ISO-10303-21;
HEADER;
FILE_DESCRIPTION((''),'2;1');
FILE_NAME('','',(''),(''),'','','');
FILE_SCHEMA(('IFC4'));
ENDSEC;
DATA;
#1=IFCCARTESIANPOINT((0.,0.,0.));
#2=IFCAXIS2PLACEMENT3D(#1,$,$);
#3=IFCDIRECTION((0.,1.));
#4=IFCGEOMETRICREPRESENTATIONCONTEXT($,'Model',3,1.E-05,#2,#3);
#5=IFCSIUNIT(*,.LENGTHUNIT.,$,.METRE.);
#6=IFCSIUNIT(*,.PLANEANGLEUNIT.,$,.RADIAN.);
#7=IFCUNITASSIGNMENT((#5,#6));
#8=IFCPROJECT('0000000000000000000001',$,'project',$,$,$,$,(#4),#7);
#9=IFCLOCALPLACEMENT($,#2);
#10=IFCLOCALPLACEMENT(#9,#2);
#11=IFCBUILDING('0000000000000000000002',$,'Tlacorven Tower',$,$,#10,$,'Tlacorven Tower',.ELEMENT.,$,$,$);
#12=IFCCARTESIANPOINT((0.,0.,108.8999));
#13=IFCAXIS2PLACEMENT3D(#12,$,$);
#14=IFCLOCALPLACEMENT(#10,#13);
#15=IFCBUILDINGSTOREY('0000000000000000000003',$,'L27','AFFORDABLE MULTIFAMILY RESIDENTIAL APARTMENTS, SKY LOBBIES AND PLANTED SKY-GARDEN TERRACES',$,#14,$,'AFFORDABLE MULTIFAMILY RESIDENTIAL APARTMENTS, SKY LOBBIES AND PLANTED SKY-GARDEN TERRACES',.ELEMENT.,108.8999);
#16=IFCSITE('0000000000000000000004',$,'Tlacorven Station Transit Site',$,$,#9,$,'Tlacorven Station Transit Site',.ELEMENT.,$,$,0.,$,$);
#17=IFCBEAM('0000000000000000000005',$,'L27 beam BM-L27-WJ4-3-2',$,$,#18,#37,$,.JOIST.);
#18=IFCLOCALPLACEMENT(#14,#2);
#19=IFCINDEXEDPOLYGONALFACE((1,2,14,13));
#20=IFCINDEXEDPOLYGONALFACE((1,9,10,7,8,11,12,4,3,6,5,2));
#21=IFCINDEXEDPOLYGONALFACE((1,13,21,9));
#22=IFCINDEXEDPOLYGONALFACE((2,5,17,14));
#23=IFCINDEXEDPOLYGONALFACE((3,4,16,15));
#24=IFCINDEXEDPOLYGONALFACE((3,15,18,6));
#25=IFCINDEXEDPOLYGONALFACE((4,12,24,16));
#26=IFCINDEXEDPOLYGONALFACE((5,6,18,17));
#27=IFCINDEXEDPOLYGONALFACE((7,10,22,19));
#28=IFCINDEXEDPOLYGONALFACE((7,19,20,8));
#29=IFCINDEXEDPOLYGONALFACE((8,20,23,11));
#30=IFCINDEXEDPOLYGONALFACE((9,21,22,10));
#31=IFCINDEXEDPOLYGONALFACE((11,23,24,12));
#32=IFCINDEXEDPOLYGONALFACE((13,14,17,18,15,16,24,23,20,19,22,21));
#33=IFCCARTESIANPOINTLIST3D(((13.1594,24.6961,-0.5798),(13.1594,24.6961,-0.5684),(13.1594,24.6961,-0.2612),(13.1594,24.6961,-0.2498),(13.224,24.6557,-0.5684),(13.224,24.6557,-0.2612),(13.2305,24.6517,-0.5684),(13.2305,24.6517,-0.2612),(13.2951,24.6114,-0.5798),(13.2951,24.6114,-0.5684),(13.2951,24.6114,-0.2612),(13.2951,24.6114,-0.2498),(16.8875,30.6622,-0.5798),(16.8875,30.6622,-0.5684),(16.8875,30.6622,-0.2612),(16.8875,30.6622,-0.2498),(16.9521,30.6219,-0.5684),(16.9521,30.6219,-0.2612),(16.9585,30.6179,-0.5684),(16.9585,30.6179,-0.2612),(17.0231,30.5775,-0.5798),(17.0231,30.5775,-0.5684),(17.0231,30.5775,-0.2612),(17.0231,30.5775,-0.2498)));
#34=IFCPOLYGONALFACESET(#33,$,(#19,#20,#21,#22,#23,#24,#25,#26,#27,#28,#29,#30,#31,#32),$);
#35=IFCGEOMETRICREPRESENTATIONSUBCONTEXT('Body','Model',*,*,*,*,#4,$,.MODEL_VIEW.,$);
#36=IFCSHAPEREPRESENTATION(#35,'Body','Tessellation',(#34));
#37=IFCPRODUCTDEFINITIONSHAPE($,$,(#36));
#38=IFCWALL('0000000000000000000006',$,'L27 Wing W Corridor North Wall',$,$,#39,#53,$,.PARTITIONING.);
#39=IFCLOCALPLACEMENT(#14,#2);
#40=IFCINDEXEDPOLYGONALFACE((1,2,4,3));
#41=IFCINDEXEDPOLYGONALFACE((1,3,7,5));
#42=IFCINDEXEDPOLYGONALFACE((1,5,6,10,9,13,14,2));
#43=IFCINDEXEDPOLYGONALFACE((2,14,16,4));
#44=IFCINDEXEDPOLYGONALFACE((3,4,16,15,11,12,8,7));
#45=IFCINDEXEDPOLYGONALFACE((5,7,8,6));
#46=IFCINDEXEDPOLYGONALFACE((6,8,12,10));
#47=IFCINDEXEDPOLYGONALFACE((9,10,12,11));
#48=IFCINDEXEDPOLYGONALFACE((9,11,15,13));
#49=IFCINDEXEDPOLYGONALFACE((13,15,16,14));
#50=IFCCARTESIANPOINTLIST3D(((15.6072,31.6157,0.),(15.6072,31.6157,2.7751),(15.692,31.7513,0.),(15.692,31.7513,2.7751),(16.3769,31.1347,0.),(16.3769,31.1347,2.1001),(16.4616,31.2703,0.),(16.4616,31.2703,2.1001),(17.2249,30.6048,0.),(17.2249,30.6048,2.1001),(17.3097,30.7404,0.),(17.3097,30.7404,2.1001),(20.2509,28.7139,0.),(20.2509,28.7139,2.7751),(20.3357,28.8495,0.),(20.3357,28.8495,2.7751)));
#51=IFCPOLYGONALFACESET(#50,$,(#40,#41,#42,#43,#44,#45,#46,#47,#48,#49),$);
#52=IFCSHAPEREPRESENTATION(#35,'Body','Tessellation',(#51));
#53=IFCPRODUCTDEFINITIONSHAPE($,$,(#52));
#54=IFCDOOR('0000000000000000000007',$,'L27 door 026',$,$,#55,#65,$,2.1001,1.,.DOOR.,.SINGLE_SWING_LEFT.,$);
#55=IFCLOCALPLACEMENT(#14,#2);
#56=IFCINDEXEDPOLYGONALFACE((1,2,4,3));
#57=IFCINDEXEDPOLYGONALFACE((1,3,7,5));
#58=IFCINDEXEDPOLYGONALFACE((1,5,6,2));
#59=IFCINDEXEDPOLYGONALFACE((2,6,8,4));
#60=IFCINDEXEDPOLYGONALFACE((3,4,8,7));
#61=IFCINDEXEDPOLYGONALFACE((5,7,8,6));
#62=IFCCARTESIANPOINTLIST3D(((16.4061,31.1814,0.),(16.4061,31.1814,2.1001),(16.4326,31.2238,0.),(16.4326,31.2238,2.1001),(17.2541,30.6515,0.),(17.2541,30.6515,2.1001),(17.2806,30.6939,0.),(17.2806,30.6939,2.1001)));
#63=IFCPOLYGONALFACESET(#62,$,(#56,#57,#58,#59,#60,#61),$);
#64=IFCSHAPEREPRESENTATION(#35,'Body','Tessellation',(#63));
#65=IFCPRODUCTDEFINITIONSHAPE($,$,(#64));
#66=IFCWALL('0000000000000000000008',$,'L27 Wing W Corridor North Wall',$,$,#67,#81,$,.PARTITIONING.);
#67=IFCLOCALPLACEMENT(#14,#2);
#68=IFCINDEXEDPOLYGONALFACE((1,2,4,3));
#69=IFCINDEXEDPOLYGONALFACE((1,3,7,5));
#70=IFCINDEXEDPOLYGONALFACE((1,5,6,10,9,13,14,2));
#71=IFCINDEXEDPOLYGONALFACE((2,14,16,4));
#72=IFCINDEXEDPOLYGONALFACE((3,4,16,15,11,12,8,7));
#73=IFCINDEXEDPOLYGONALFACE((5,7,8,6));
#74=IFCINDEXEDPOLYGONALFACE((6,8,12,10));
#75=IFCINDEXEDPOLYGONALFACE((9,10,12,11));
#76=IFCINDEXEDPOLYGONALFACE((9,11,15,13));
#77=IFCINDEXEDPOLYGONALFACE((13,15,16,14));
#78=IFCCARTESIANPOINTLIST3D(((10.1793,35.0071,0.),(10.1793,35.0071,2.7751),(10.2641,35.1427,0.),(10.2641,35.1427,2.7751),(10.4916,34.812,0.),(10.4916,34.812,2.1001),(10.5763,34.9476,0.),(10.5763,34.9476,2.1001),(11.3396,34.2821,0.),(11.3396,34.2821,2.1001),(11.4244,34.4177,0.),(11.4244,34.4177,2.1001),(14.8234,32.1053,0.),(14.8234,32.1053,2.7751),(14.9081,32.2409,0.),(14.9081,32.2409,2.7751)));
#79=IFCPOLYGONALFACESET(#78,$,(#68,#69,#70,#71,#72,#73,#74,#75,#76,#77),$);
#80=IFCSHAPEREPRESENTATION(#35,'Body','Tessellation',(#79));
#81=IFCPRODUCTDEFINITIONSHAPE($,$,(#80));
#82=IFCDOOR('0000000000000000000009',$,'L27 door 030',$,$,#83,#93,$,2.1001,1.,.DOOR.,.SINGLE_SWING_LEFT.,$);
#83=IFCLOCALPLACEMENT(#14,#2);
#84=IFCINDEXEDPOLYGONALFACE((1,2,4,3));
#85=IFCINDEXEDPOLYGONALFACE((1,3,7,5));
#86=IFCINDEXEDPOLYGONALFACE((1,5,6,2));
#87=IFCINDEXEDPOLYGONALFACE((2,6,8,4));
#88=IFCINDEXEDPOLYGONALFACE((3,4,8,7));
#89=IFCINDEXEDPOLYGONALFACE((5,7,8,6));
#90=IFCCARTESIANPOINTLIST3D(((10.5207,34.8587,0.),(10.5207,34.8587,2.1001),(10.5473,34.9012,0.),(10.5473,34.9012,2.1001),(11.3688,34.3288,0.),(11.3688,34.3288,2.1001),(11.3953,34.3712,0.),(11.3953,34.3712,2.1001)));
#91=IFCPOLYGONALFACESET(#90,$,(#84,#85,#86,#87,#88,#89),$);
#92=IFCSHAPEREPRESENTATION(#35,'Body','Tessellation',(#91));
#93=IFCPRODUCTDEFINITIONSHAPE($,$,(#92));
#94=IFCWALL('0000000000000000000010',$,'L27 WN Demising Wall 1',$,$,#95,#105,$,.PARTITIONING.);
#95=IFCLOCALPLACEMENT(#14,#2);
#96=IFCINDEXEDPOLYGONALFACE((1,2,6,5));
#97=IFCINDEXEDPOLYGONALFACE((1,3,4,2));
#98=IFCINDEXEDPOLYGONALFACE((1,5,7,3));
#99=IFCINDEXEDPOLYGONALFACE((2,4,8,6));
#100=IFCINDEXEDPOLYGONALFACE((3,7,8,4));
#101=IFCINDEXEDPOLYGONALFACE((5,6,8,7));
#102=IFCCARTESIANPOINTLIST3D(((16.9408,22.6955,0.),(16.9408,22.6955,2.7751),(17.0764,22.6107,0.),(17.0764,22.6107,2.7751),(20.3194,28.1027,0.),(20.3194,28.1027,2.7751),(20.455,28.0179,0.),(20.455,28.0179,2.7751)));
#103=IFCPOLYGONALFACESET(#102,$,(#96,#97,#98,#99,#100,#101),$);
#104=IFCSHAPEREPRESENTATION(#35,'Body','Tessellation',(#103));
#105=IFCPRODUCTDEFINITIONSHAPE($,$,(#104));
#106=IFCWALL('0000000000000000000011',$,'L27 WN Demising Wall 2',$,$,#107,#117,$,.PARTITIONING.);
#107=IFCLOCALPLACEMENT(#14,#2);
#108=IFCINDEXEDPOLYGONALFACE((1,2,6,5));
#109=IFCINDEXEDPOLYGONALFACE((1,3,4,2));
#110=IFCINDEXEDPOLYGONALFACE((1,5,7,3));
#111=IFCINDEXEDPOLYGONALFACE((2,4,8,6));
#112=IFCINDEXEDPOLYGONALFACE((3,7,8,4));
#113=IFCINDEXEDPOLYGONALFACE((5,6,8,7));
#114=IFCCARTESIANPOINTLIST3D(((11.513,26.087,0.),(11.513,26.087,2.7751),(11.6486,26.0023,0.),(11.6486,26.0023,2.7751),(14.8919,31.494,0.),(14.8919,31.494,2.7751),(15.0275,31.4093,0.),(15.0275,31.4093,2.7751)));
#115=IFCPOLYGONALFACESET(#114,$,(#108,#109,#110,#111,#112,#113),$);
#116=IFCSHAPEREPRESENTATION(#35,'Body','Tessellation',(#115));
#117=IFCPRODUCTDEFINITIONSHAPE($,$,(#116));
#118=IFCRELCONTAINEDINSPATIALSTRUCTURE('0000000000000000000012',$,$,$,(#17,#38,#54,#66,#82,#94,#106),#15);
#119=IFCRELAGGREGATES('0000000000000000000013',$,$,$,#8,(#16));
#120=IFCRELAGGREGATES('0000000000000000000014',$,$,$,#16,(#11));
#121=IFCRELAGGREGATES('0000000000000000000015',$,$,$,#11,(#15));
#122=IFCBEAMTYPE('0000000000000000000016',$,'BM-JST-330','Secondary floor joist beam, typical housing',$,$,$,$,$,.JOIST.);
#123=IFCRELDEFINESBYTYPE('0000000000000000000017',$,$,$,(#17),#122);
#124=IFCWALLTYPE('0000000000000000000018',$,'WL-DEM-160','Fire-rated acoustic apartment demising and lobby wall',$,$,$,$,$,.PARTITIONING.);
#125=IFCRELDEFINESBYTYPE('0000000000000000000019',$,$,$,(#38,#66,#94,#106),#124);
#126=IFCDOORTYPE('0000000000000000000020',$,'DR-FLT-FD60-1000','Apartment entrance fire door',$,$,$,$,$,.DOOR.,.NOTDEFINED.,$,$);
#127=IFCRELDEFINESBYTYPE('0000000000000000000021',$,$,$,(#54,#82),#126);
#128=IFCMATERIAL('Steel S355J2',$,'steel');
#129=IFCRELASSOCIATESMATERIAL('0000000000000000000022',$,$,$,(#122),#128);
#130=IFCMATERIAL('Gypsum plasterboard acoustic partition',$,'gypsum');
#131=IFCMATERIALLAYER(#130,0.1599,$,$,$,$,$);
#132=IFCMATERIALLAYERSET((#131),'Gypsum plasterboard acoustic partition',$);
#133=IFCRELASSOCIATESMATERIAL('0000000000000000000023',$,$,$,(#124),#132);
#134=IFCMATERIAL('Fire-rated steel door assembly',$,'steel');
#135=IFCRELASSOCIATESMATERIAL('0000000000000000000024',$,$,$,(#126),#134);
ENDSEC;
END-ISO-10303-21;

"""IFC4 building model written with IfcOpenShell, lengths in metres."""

from ifc_helpers import new_model, si_unit, direction, frame, frame_2d, origin, origin_2d, place, context, subcontext, project, spatial, rectangle, i_section, extrude, source, transform, mapped, material, layer, layer_set, material_profile, profile_set, type_object, element, fill, save


model = new_model("IFC4")

# Units and contexts
model_context = context("Model", 3, precision=1e-05, world=origin(), true_north=direction((0.0, 1.0)))
body_context = subcontext(model_context, "Body", "Model", "MODEL_VIEW")
ifc_project = project(units=[si_unit("LENGTHUNIT", "METRE"), si_unit("PLANEANGLEUNIT", "RADIAN")], contexts=[model_context])

# Site, building, storey
site_placement = place(None, origin())
site = spatial("IfcSite", under=ifc_project, at=site_placement, Name="Tlacorven Station Transit Site", LongName="Tlacorven Station Transit Site", CompositionType="ELEMENT", RefElevation=0.0)
building_placement = place(site_placement, origin())
building = spatial("IfcBuilding", under=site, at=building_placement, Name="Tlacorven Tower", LongName="Tlacorven Tower", CompositionType="ELEMENT")
storey_placement = place(building_placement, frame((0.0, 0.0, 108.8999)))
storey = spatial("IfcBuildingStorey", under=building, at=storey_placement, Name="L27", Description="AFFORDABLE MULTIFAMILY RESIDENTIAL APARTMENTS, SKY LOBBIES AND PLANTED SKY-GARDEN TERRACES", LongName="AFFORDABLE MULTIFAMILY RESIDENTIAL APARTMENTS, SKY LOBBIES AND PLANTED SKY-GARDEN TERRACES", CompositionType="ELEMENT", Elevation=108.8999)

# Beam
ifc_material_1 = material(Name="Steel S355J2", Category="steel")
ifc_material_profile_1 = material_profile(ifc_material_1, i_section(OverallWidth=0.1599, OverallDepth=0.3301, WebThickness=0.0076, FlangeThickness=0.0115, at=origin_2d()), Name="IPE 330")
ifc_profile_set_1 = profile_set([ifc_material_profile_1], Name="Steel S355J2")
beam_type_1 = type_object("IfcBeamType", Name="BM-JST-330", Description="Secondary floor joist beam, typical housing", PredefinedType="JOIST", material=ifc_profile_set_1)
shared_shape_1 = source(origin(), body_context, "Body", "SweptSolid", [
    extrude(i_section(OverallWidth=0.1599, OverallDepth=0.3301, WebThickness=0.0076, FlangeThickness=0.0115, at=origin_2d()), origin(), (0.0, 0.0, 1.0), 7.0352),
])
for number, where, z_axis, x_axis, name in (
    (1, (16.9553, 30.6199, -0.4148), (-0.529921, -0.848047, 0.0), (0.848047, -0.529921, 0.0), "L27 beam BM-L27-WJ4-3-2"),
):
    element("IfcBeam", number, at=place(storey_placement, frame(where, z_axis=z_axis, x_axis=x_axis)), inside=storey, type_object=beam_type_1, Name=name, PredefinedType="JOIST", context=body_context, shape_type="MappedRepresentation", body=[
        mapped(shared_shape_1, transform((0.0, 0.0, 0.0), scale=1.0)),
    ])

# Walls, openings, doors
ifc_material_2 = material(Name="Gypsum plasterboard acoustic partition", Category="gypsum")
ifc_layer_1 = layer(ifc_material_2, 0.1599)
ifc_layer_set_1 = layer_set([ifc_layer_1], Name="Gypsum plasterboard acoustic partition")
wall_type_1 = type_object("IfcWallType", Name="WL-DEM-160", Description="Fire-rated acoustic apartment demising and lobby wall", PredefinedType="PARTITIONING", material=ifc_layer_set_1)
wall_1_placement = place(storey_placement, frame((20.2932, 28.7817, 0.0), z_axis=(0.0, 0.0, 1.0), x_axis=(-0.848041, 0.529931, 0.0)))
wall_1 = element("IfcWall", 2, at=wall_1_placement, inside=storey, type_object=wall_type_1, Name="L27 Wing W Corridor North Wall", PredefinedType="PARTITIONING", context=body_context, shape_type="SweptSolid", body=[
    extrude(rectangle(XDim=5.4758, YDim=0.1599, at=frame_2d((2.7378, 0.0))), origin(), (0.0, 0.0, 1.0), 2.7751),
])
opening_1_placement = place(wall_1_placement, frame((3.5681, 0.0, 0.0)))
opening_1 = element("IfcOpeningElement", 3, at=opening_1_placement, cuts=wall_1, PredefinedType="OPENING", context=body_context, shape_type="SweptSolid", body=[
    extrude(rectangle(XDim=1.0, YDim=2.1001, at=frame_2d((0.5, 1.05))), frame((0.0, 0.0898, 0.0), z_axis=(0.0, -1.0, 0.0), x_axis=(1.0, 0.0, 0.0)), (0.0, 0.0, 1.0), 0.1799),
])
ifc_material_3 = material(Name="Fire-rated steel door assembly", Category="steel")
door_type_1 = type_object("IfcDoorType", Name="DR-FLT-FD60-1000", Description="Apartment entrance fire door", OperationType="NOTDEFINED", PredefinedType="DOOR", material=ifc_material_3)
shared_shape_2 = source(origin(), body_context, "Body", "SweptSolid", [
    extrude(rectangle(XDim=1.0, YDim=2.1001, at=frame_2d((0.5, 1.05))), frame((0.0, 0.0249, 0.0), z_axis=(0.0, -1.0, 0.0), x_axis=(1.0, 0.0, 0.0)), (0.0, 0.0, 1.0), 0.05),
])
door_1_placement = place(opening_1_placement, origin())
door_1 = element("IfcDoor", 4, at=door_1_placement, inside=storey, type_object=door_type_1, Name="L27 door 026", OperationType="SINGLE_SWING_LEFT", OverallHeight=2.1001, OverallWidth=1.0, PredefinedType="DOOR", context=body_context, shape_type="MappedRepresentation", body=[
    mapped(shared_shape_2, transform((0.0, 0.0, 0.0), scale=1.0)),
])
fill(opening_1, door_1)
wall_2_placement = place(storey_placement, frame((14.8657, 32.1731, 0.0), z_axis=(0.0, 0.0, 1.0), x_axis=(-0.848053, 0.529911, 0.0)))
wall_2 = element("IfcWall", 5, at=wall_2_placement, inside=storey, type_object=wall_type_1, Name="L27 Wing W Corridor North Wall", PredefinedType="PARTITIONING", context=body_context, shape_type="SweptSolid", body=[
    extrude(rectangle(XDim=5.4761, YDim=0.1599, at=frame_2d((2.738, 0.0))), origin(), (0.0, 0.0, 1.0), 2.7751),
])
opening_2_placement = place(wall_2_placement, frame((4.1079, 0.0, 0.0)))
opening_2 = element("IfcOpeningElement", 6, at=opening_2_placement, cuts=wall_2, PredefinedType="OPENING", context=body_context, shape_type="SweptSolid", body=[
    extrude(rectangle(XDim=1.0, YDim=2.1001, at=frame_2d((0.5, 1.05))), frame((0.0, 0.0898, 0.0), z_axis=(0.0, -1.0, 0.0), x_axis=(1.0, 0.0, 0.0)), (0.0, 0.0, 1.0), 0.1799),
])
door_2_placement = place(opening_2_placement, origin())
door_2 = element("IfcDoor", 7, at=door_2_placement, inside=storey, type_object=door_type_1, Name="L27 door 030", OperationType="SINGLE_SWING_LEFT", OverallHeight=2.1001, OverallWidth=1.0, PredefinedType="DOOR", context=body_context, shape_type="MappedRepresentation", body=[
    mapped(shared_shape_2, transform((0.0, 0.0, 0.0), scale=1.0)),
])
fill(opening_2, door_2)

# Walls
for number, where, z_axis, x_axis, name in (
    (8, (20.3872, 28.0603, 0.0), (0.0, 0.0, 1.0), (-0.529903, -0.848059, 0.0), "L27 WN Demising Wall 1"),
    (9, (14.9597, 31.4517, 0.0), (0.0, 0.0, 1.0), (-0.529947, -0.848031, 0.0), "L27 WN Demising Wall 2"),
):
    element("IfcWall", number, at=place(storey_placement, frame(where, z_axis=z_axis, x_axis=x_axis)), inside=storey, type_object=wall_type_1, Name=name, PredefinedType="PARTITIONING", context=body_context, shape_type="SweptSolid", body=[
        extrude(rectangle(XDim=6.376, YDim=0.1599, at=frame_2d((3.188, 0.0))), origin(), (0.0, 0.0, 1.0), 2.7751),
    ])

save(model, "model.ifc")
